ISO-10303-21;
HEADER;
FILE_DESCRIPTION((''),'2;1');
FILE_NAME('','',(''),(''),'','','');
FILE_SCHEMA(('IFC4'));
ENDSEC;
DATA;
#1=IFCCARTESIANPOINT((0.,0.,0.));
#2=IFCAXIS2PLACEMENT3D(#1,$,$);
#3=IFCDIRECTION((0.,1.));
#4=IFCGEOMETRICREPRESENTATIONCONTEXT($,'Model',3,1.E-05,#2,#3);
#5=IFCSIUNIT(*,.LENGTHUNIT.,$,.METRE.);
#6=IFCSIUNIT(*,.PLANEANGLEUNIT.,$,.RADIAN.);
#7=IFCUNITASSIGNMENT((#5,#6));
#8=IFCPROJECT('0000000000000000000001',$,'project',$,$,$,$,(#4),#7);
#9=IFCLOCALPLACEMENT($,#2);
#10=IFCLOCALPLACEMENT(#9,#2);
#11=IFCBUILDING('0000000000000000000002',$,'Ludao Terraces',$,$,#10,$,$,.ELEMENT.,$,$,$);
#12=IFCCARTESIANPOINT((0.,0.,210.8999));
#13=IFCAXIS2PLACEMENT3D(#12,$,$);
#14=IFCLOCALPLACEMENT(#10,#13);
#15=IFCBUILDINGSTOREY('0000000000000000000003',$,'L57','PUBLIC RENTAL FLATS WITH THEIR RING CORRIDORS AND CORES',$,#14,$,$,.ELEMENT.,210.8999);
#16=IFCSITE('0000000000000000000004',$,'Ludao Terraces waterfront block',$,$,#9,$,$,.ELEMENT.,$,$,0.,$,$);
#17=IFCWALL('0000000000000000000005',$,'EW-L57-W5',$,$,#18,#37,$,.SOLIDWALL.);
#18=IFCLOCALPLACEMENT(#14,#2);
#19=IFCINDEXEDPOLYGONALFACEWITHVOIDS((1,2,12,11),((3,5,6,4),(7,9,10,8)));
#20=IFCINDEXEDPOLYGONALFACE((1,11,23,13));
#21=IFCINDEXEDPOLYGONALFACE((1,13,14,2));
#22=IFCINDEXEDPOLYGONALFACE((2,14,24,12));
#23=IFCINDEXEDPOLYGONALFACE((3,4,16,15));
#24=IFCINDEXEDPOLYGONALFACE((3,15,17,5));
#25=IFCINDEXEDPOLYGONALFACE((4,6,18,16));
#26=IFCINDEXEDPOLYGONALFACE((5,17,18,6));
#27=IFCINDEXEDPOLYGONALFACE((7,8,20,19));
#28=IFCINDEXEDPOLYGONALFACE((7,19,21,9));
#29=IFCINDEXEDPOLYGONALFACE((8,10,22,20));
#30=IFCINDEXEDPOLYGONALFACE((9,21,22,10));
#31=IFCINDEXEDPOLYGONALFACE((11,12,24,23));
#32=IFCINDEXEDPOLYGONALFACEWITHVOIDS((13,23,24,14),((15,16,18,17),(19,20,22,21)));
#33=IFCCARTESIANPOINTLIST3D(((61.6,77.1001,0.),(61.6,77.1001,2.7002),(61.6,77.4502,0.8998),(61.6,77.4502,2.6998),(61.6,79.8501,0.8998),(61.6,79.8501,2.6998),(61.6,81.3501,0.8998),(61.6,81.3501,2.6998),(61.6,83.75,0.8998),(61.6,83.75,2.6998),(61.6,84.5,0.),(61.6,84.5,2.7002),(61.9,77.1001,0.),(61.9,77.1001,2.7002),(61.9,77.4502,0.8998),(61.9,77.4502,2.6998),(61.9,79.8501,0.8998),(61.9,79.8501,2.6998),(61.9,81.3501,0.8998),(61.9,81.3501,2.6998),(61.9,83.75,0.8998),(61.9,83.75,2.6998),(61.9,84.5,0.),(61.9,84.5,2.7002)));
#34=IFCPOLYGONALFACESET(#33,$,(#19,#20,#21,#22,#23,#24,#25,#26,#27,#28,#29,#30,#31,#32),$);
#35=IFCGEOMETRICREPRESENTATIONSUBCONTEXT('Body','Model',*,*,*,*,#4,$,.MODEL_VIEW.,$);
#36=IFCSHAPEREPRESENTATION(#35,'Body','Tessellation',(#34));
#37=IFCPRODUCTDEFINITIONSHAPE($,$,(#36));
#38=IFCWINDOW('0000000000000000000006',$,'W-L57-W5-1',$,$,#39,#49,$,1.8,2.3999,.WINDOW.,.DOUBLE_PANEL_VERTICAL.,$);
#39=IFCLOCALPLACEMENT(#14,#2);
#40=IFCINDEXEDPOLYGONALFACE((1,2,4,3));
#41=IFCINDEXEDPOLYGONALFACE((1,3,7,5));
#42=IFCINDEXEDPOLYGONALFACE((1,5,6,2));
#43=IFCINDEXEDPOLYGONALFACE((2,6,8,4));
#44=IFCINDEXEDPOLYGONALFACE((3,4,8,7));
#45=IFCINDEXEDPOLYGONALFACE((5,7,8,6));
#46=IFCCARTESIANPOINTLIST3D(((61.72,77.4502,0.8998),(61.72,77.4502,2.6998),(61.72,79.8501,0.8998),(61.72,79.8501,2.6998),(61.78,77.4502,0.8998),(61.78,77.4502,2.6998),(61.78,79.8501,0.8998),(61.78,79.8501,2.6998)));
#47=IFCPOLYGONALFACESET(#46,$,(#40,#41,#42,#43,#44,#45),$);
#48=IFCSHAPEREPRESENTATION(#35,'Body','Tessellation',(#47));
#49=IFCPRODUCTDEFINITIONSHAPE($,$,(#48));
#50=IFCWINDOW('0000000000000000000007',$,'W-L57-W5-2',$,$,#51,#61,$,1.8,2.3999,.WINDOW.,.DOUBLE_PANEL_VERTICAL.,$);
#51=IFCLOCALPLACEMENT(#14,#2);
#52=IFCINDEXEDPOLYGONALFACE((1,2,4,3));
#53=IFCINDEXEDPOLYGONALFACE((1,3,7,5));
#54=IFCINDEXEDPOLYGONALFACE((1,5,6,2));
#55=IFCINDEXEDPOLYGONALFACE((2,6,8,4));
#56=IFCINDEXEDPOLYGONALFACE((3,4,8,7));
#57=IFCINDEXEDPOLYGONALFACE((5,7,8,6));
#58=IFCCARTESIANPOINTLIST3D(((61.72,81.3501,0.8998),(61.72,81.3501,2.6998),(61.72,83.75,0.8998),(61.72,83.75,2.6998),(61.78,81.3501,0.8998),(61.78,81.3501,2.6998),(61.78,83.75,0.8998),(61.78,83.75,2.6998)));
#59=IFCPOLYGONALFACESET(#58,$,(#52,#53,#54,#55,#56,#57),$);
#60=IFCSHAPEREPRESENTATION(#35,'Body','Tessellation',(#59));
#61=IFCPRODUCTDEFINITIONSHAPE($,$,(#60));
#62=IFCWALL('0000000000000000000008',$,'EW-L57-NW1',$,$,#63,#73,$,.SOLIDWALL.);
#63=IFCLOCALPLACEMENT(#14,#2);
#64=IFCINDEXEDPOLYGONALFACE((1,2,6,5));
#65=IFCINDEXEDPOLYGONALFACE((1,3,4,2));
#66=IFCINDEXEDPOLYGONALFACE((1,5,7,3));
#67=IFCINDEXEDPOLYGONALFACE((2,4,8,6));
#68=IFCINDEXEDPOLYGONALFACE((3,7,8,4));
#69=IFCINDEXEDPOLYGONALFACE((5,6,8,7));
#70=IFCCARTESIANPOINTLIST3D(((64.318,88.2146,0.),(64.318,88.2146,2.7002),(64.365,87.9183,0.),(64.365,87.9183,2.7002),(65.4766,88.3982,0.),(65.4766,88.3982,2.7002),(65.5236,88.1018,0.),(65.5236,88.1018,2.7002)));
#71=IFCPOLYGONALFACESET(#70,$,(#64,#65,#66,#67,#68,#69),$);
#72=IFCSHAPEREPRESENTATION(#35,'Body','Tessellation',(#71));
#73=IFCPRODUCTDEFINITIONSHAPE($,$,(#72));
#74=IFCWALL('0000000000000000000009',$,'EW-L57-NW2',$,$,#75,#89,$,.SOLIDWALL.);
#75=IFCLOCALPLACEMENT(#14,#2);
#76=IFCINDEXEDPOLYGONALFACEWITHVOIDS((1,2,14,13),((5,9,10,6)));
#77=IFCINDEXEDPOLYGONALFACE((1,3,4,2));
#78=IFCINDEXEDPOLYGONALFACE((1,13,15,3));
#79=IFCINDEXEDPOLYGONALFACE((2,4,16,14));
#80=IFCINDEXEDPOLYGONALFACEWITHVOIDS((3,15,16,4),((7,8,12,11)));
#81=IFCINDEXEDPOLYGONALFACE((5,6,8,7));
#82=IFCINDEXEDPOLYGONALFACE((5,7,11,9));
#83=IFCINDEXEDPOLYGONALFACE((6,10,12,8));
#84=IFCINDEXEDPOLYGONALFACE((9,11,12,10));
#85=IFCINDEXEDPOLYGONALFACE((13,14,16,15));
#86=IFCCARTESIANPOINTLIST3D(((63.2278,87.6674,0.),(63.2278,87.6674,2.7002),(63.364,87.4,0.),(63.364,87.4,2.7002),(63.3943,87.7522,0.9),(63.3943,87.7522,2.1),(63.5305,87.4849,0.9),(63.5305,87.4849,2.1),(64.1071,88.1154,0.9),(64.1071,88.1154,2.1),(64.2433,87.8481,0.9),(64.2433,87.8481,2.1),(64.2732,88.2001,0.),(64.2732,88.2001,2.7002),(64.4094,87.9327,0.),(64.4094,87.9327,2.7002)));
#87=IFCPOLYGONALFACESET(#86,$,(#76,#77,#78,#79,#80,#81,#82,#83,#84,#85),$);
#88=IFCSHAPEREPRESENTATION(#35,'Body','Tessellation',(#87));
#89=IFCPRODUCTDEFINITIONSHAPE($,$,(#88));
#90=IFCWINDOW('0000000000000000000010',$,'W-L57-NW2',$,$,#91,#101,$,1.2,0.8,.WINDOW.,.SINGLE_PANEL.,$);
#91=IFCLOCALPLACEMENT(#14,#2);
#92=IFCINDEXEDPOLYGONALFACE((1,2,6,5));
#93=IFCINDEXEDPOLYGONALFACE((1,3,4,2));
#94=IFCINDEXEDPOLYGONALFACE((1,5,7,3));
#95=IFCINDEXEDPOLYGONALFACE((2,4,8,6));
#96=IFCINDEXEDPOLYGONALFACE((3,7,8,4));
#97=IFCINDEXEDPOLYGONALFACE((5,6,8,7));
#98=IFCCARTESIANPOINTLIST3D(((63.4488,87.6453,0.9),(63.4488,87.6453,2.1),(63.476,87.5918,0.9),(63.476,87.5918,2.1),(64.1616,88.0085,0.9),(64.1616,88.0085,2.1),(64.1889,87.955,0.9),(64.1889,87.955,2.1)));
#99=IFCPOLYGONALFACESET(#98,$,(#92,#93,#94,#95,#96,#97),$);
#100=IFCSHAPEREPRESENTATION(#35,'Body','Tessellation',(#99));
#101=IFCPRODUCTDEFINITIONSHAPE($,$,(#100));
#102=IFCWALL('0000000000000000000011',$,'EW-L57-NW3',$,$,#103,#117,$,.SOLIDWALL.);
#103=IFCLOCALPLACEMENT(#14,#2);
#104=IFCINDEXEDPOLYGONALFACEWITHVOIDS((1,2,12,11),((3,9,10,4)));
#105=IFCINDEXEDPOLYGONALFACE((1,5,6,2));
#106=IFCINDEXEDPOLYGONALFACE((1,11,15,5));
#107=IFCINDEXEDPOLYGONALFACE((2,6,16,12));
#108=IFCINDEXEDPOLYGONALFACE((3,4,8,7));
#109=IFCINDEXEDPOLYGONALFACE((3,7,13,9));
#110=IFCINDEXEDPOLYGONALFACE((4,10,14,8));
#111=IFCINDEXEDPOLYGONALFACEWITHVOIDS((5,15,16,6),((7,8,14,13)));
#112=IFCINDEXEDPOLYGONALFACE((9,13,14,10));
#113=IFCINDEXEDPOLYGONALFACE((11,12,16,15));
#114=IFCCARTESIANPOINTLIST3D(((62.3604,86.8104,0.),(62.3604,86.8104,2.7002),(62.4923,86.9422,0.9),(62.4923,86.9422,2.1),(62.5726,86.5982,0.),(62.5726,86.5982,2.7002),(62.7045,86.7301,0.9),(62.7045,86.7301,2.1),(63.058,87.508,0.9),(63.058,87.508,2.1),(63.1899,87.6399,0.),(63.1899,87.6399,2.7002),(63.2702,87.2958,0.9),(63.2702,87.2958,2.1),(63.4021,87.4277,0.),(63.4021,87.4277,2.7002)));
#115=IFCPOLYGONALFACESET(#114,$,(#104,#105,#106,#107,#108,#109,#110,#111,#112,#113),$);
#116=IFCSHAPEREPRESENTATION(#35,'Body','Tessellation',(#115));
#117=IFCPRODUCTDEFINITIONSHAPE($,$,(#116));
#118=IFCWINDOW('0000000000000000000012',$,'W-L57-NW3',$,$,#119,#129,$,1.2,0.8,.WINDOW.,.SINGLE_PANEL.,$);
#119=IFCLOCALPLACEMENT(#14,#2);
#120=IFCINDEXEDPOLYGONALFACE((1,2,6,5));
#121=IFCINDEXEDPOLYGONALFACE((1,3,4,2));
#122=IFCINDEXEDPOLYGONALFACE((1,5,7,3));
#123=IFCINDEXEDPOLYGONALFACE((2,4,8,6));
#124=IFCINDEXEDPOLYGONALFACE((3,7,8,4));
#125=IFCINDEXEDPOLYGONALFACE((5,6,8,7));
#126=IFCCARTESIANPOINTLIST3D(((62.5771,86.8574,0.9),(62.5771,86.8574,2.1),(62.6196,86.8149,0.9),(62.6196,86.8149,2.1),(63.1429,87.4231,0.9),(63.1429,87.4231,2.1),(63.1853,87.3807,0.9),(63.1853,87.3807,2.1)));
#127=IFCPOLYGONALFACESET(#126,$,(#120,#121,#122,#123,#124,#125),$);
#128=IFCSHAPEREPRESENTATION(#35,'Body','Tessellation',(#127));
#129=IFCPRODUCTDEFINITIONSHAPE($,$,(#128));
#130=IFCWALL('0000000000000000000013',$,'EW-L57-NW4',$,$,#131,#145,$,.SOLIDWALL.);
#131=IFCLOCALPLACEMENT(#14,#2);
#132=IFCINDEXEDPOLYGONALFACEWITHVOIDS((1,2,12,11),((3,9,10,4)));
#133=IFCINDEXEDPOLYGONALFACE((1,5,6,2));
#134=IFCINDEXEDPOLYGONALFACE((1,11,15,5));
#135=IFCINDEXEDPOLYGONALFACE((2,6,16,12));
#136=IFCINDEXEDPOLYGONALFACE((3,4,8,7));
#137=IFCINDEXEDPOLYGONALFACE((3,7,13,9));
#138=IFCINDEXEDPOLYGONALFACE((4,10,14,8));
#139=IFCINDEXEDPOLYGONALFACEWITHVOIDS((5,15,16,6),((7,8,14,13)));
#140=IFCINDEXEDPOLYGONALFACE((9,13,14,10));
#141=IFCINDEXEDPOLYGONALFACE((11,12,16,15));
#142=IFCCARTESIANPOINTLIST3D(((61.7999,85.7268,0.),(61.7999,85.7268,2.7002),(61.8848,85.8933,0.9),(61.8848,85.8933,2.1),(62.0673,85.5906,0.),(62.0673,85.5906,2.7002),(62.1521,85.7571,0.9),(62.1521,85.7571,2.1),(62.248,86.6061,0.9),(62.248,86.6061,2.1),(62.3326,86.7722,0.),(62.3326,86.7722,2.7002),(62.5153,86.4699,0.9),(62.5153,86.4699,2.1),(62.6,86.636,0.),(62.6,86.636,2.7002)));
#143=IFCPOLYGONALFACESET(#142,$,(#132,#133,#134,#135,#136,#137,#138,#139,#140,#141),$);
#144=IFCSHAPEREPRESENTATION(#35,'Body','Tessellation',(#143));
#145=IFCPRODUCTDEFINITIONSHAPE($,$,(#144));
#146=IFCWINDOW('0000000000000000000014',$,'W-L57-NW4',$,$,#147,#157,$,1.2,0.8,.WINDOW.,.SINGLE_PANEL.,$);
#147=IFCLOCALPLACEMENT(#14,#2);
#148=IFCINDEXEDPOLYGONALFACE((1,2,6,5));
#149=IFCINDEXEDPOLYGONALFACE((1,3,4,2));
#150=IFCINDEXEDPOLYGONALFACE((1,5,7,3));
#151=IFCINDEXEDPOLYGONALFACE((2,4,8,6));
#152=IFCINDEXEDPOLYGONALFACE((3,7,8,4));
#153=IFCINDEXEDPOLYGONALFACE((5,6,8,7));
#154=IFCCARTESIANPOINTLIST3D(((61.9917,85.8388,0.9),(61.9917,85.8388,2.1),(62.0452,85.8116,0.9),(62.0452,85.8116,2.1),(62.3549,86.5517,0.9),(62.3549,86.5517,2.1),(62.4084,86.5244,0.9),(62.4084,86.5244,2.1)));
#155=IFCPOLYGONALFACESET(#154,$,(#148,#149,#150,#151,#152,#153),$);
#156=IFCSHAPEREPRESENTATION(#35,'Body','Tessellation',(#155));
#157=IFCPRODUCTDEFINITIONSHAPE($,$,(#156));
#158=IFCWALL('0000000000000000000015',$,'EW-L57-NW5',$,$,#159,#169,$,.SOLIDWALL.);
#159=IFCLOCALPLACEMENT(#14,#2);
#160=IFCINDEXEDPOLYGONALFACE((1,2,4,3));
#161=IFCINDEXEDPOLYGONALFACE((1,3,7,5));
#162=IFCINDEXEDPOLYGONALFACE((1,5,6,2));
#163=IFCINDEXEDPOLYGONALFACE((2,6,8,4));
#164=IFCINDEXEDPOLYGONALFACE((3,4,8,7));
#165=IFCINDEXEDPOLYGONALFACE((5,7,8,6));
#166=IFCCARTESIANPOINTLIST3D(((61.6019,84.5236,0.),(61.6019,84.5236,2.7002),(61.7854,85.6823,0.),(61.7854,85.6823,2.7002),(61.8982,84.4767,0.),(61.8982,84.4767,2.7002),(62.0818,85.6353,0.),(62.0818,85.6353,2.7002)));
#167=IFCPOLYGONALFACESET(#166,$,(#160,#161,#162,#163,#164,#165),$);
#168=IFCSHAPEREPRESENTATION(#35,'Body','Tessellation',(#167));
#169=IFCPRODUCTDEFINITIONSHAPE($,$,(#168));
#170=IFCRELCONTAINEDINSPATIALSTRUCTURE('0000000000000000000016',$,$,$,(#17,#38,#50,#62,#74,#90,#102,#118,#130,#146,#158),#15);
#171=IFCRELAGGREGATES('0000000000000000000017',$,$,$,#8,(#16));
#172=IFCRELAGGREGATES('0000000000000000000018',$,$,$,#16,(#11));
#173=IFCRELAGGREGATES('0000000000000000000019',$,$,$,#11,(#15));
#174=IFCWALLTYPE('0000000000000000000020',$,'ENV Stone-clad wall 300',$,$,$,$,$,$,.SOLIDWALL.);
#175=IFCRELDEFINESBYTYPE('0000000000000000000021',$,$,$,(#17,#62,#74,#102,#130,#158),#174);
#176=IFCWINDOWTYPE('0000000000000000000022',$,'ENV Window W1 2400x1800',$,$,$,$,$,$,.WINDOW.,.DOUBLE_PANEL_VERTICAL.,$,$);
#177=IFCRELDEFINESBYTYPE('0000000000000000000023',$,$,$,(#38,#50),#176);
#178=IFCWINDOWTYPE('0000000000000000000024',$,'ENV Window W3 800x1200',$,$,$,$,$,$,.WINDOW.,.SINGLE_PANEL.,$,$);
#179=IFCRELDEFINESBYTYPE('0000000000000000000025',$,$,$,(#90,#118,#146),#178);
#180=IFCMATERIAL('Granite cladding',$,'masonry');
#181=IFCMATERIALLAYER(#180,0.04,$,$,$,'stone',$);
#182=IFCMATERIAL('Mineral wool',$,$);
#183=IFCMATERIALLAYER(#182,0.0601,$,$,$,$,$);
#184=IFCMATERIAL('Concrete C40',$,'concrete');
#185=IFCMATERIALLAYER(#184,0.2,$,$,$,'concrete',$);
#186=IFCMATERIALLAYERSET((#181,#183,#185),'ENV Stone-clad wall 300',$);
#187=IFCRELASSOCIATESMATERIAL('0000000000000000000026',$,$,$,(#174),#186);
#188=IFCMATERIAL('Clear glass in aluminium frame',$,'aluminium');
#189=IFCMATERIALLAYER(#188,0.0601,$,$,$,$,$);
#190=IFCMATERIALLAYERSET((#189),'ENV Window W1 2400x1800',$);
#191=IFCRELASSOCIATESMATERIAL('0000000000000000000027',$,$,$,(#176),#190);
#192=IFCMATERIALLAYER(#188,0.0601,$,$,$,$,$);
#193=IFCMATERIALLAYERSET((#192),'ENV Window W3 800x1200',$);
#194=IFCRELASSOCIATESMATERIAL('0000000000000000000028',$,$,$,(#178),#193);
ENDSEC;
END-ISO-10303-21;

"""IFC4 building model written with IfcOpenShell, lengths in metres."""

from ifc_helpers import new_model, si_unit, direction, frame, frame_2d, origin, place, context, subcontext, project, spatial, rectangle, extrude, material, layer, layer_set, type_object, element, fill, save


model = new_model("IFC4")

# Units and contexts
model_context = context("Model", 3, precision=1e-05, world=origin(), true_north=direction((0.0, 1.0)))
body_context = subcontext(model_context, "Body", "Model", "MODEL_VIEW")
ifc_project = project(units=[si_unit("LENGTHUNIT", "METRE"), si_unit("PLANEANGLEUNIT", "RADIAN")], contexts=[model_context])

# Site, building, storey
site_placement = place(None, origin())
site = spatial("IfcSite", under=ifc_project, at=site_placement, Name="Ludao Terraces waterfront block", CompositionType="ELEMENT", RefElevation=0.0)
building_placement = place(site_placement, origin())
building = spatial("IfcBuilding", under=site, at=building_placement, Name="Ludao Terraces", CompositionType="ELEMENT")
storey_placement = place(building_placement, frame((0.0, 0.0, 210.8999)))
storey = spatial("IfcBuildingStorey", under=building, at=storey_placement, Name="L57", Description="PUBLIC RENTAL FLATS WITH THEIR RING CORRIDORS AND CORES", CompositionType="ELEMENT", Elevation=210.8999)

# Shared definitions
ifc_material_1 = material(Name="Concrete C40", Category="concrete")

# Wall, openings, windows
ifc_material_2 = material(Name="Granite cladding", Category="masonry")
ifc_layer_1 = layer(ifc_material_2, 0.04, Category="stone")
ifc_material_3 = material(Name="Mineral wool")
ifc_layer_2 = layer(ifc_material_3, 0.0601)
ifc_layer_3 = layer(ifc_material_1, 0.2, Category="concrete")
ifc_layer_set_1 = layer_set([ifc_layer_1, ifc_layer_2, ifc_layer_3], Name="ENV Stone-clad wall 300")
wall_type_1 = type_object("IfcWallType", Name="ENV Stone-clad wall 300", PredefinedType="SOLIDWALL", material=ifc_layer_set_1)
ifc_material_4 = material(Name="Clear glass in aluminium frame", Category="aluminium")
ifc_layer_4 = layer(ifc_material_4, 0.0601)
ifc_layer_set_2 = layer_set([ifc_layer_4], Name="ENV Window W1 2400x1800")
window_type_1 = type_object("IfcWindowType", Name="ENV Window W1 2400x1800", PartitioningType="DOUBLE_PANEL_VERTICAL", PredefinedType="WINDOW", material=ifc_layer_set_2)
wall_1_placement = place(storey_placement, frame((61.75, 77.1001, 0.0), z_axis=(0.0, 0.0, 1.0), x_axis=(0.0, 1.0, 0.0)))
wall_1 = element("IfcWall", 1, at=wall_1_placement, inside=storey, type_object=wall_type_1, Name="EW-L57-W5", PredefinedType="SOLIDWALL", context=body_context, shape_type="SweptSolid", body=[
    extrude(rectangle(XDim=7.3999, YDim=0.3, at=frame_2d((3.7, 0.0))), origin(), (0.0, 0.0, 1.0), 2.7002),
])
opening_1_placement = place(wall_1_placement, frame((0.3501, 0.0, 0.8999)))
opening_1 = element("IfcOpeningElement", 2, at=opening_1_placement, cuts=wall_1, PredefinedType="OPENING", context=body_context, shape_type="SweptSolid", body=[
    extrude(rectangle(XDim=2.3999, YDim=1.8, at=frame_2d((1.2, 0.8999))), frame((0.0, 0.1602, 0.0), z_axis=(0.0, -1.0, 0.0), x_axis=(1.0, 0.0, 0.0)), (0.0, 0.0, 1.0), 0.3201),
])
opening_2_placement = place(wall_1_placement, frame((4.25, 0.0, 0.8999)))
opening_2 = element("IfcOpeningElement", 3, at=opening_2_placement, cuts=wall_1, PredefinedType="OPENING", context=body_context, shape_type="SweptSolid", body=[
    extrude(rectangle(XDim=2.3999, YDim=1.8, at=frame_2d((1.2, 0.8999))), frame((0.0, 0.1602, 0.0), z_axis=(0.0, -1.0, 0.0), x_axis=(1.0, 0.0, 0.0)), (0.0, 0.0, 1.0), 0.3201),
])
window_1_placement = place(opening_1_placement, origin())
window_1 = element("IfcWindow", 4, at=window_1_placement, inside=storey, type_object=window_type_1, Name="W-L57-W5-1", OverallHeight=1.8, OverallWidth=2.3999, PartitioningType="DOUBLE_PANEL_VERTICAL", PredefinedType="WINDOW", context=body_context, shape_type="SweptSolid", body=[
    extrude(rectangle(XDim=2.3999, YDim=1.8, at=frame_2d((1.2, 0.8999))), frame((0.0, 0.03, 0.0), z_axis=(0.0, -1.0, 0.0), x_axis=(1.0, 0.0, 0.0)), (0.0, 0.0, 1.0), 0.0601),
])
fill(opening_1, window_1)
window_2_placement = place(opening_2_placement, origin())
window_2 = element("IfcWindow", 5, at=window_2_placement, inside=storey, type_object=window_type_1, Name="W-L57-W5-2", OverallHeight=1.8, OverallWidth=2.3999, PartitioningType="DOUBLE_PANEL_VERTICAL", PredefinedType="WINDOW", context=body_context, shape_type="SweptSolid", body=[
    extrude(rectangle(XDim=2.3999, YDim=1.8, at=frame_2d((1.2, 0.8999))), frame((0.0, 0.03, 0.0), z_axis=(0.0, -1.0, 0.0), x_axis=(1.0, 0.0, 0.0)), (0.0, 0.0, 1.0), 0.0601),
])
fill(opening_2, window_2)

# Wall
wall_2_placement = place(storey_placement, frame((65.5, 88.25, 0.0), z_axis=(0.0, 0.0, 1.0), x_axis=(-0.987678, -0.156497, 0.0)))
element("IfcWall", 6, at=wall_2_placement, inside=storey, type_object=wall_type_1, Name="EW-L57-NW1", PredefinedType="SOLIDWALL", context=body_context, shape_type="SweptSolid", body=[
    extrude(rectangle(XDim=1.1731, YDim=0.3, at=frame_2d((0.5864, 0.0))), origin(), (0.0, 0.0, 1.0), 2.7002),
])

# Walls, openings, windows
wall_3_placement = place(storey_placement, frame((64.3413, 88.0664, 0.0), z_axis=(0.0, 0.0, 1.0), x_axis=(-0.890989, -0.454026, 0.0)))
wall_3 = element("IfcWall", 7, at=wall_3_placement, inside=storey, type_object=wall_type_1, Name="EW-L57-NW2", PredefinedType="SOLIDWALL", context=body_context, shape_type="SweptSolid", body=[
    extrude(rectangle(XDim=1.1733, YDim=0.3, at=frame_2d((0.5867, 0.0))), origin(), (0.0, 0.0, 1.0), 2.7002),
])
opening_3_placement = place(wall_3_placement, frame((0.1865, 0.0, 0.8999)))
opening_3 = element("IfcOpeningElement", 8, at=opening_3_placement, cuts=wall_3, PredefinedType="OPENING", context=body_context, shape_type="SweptSolid", body=[
    extrude(rectangle(XDim=0.8, YDim=1.2, at=frame_2d((0.3999, 0.6001))), frame((0.0, 0.1602, 0.0), z_axis=(0.0, -1.0, 0.0), x_axis=(1.0, 0.0, 0.0)), (0.0, 0.0, 1.0), 0.3201),
])
ifc_layer_5 = layer(ifc_material_4, 0.0601)
ifc_layer_set_3 = layer_set([ifc_layer_5], Name="ENV Window W3 800x1200")
window_type_2 = type_object("IfcWindowType", Name="ENV Window W3 800x1200", PartitioningType="SINGLE_PANEL", PredefinedType="WINDOW", material=ifc_layer_set_3)
window_3_placement = place(opening_3_placement, origin())
window_3 = element("IfcWindow", 9, at=window_3_placement, inside=storey, type_object=window_type_2, Name="W-L57-NW2", OverallHeight=1.2, OverallWidth=0.8, PartitioningType="SINGLE_PANEL", PredefinedType="WINDOW", context=body_context, shape_type="SweptSolid", body=[
    extrude(rectangle(XDim=0.8, YDim=1.2, at=frame_2d((0.3999, 0.6001))), frame((0.0, 0.03, 0.0), z_axis=(0.0, -1.0, 0.0), x_axis=(1.0, 0.0, 0.0)), (0.0, 0.0, 1.0), 0.0601),
])
fill(opening_3, window_3)
wall_4_placement = place(storey_placement, frame((63.2959, 87.5337, 0.0), z_axis=(0.0, 0.0, 1.0), x_axis=(-0.707107, -0.707107, 0.0)))
wall_4 = element("IfcWall", 10, at=wall_4_placement, inside=storey, type_object=wall_type_1, Name="EW-L57-NW3", PredefinedType="SOLIDWALL", context=body_context, shape_type="SweptSolid", body=[
    extrude(rectangle(XDim=1.1731, YDim=0.3, at=frame_2d((0.5864, 0.0))), origin(), (0.0, 0.0, 1.0), 2.7002),
])
opening_4_placement = place(wall_4_placement, frame((0.1865, 0.0, 0.8999)))
opening_4 = element("IfcOpeningElement", 11, at=opening_4_placement, cuts=wall_4, PredefinedType="OPENING", context=body_context, shape_type="SweptSolid", body=[
    extrude(rectangle(XDim=0.8, YDim=1.2, at=frame_2d((0.3999, 0.6001))), frame((0.0, 0.1602, 0.0), z_axis=(0.0, -1.0, 0.0), x_axis=(1.0, 0.0, 0.0)), (0.0, 0.0, 1.0), 0.3201),
])
window_4_placement = place(opening_4_placement, origin())
window_4 = element("IfcWindow", 12, at=window_4_placement, inside=storey, type_object=window_type_2, Name="W-L57-NW3", OverallHeight=1.2, OverallWidth=0.8, PartitioningType="SINGLE_PANEL", PredefinedType="WINDOW", context=body_context, shape_type="SweptSolid", body=[
    extrude(rectangle(XDim=0.8, YDim=1.2, at=frame_2d((0.3999, 0.6001))), frame((0.0, 0.03, 0.0), z_axis=(0.0, -1.0, 0.0), x_axis=(1.0, 0.0, 0.0)), (0.0, 0.0, 1.0), 0.0601),
])
fill(opening_4, window_4)
wall_5_placement = place(storey_placement, frame((62.4663, 86.7041, 0.0), z_axis=(0.0, 0.0, 1.0), x_axis=(-0.454026, -0.890989, 0.0)))
wall_5 = element("IfcWall", 13, at=wall_5_placement, inside=storey, type_object=wall_type_1, Name="EW-L57-NW4", PredefinedType="SOLIDWALL", context=body_context, shape_type="SweptSolid", body=[
    extrude(rectangle(XDim=1.1733, YDim=0.3, at=frame_2d((0.5867, 0.0))), origin(), (0.0, 0.0, 1.0), 2.7002),
])
opening_5_placement = place(wall_5_placement, frame((0.1865, 0.0, 0.8999)))
opening_5 = element("IfcOpeningElement", 14, at=opening_5_placement, cuts=wall_5, PredefinedType="OPENING", context=body_context, shape_type="SweptSolid", body=[
    extrude(rectangle(XDim=0.8, YDim=1.2, at=frame_2d((0.3999, 0.6001))), frame((0.0, 0.1602, 0.0), z_axis=(0.0, -1.0, 0.0), x_axis=(1.0, 0.0, 0.0)), (0.0, 0.0, 1.0), 0.3201),
])
window_5_placement = place(opening_5_placement, origin())
window_5 = element("IfcWindow", 15, at=window_5_placement, inside=storey, type_object=window_type_2, Name="W-L57-NW4", OverallHeight=1.2, OverallWidth=0.8, PartitioningType="SINGLE_PANEL", PredefinedType="WINDOW", context=body_context, shape_type="SweptSolid", body=[
    extrude(rectangle(XDim=0.8, YDim=1.2, at=frame_2d((0.3999, 0.6001))), frame((0.0, 0.03, 0.0), z_axis=(0.0, -1.0, 0.0), x_axis=(1.0, 0.0, 0.0)), (0.0, 0.0, 1.0), 0.0601),
])
fill(opening_5, window_5)

# Wall
wall_6_placement = place(storey_placement, frame((61.9336, 85.6587, 0.0), z_axis=(0.0, 0.0, 1.0), x_axis=(-0.156497, -0.987678, 0.0)))
element("IfcWall", 16, at=wall_6_placement, inside=storey, type_object=wall_type_1, Name="EW-L57-NW5", PredefinedType="SOLIDWALL", context=body_context, shape_type="SweptSolid", body=[
    extrude(rectangle(XDim=1.1731, YDim=0.3, at=frame_2d((0.5864, 0.0))), origin(), (0.0, 0.0, 1.0), 2.7002),
])

save(model, "model.ifc")
